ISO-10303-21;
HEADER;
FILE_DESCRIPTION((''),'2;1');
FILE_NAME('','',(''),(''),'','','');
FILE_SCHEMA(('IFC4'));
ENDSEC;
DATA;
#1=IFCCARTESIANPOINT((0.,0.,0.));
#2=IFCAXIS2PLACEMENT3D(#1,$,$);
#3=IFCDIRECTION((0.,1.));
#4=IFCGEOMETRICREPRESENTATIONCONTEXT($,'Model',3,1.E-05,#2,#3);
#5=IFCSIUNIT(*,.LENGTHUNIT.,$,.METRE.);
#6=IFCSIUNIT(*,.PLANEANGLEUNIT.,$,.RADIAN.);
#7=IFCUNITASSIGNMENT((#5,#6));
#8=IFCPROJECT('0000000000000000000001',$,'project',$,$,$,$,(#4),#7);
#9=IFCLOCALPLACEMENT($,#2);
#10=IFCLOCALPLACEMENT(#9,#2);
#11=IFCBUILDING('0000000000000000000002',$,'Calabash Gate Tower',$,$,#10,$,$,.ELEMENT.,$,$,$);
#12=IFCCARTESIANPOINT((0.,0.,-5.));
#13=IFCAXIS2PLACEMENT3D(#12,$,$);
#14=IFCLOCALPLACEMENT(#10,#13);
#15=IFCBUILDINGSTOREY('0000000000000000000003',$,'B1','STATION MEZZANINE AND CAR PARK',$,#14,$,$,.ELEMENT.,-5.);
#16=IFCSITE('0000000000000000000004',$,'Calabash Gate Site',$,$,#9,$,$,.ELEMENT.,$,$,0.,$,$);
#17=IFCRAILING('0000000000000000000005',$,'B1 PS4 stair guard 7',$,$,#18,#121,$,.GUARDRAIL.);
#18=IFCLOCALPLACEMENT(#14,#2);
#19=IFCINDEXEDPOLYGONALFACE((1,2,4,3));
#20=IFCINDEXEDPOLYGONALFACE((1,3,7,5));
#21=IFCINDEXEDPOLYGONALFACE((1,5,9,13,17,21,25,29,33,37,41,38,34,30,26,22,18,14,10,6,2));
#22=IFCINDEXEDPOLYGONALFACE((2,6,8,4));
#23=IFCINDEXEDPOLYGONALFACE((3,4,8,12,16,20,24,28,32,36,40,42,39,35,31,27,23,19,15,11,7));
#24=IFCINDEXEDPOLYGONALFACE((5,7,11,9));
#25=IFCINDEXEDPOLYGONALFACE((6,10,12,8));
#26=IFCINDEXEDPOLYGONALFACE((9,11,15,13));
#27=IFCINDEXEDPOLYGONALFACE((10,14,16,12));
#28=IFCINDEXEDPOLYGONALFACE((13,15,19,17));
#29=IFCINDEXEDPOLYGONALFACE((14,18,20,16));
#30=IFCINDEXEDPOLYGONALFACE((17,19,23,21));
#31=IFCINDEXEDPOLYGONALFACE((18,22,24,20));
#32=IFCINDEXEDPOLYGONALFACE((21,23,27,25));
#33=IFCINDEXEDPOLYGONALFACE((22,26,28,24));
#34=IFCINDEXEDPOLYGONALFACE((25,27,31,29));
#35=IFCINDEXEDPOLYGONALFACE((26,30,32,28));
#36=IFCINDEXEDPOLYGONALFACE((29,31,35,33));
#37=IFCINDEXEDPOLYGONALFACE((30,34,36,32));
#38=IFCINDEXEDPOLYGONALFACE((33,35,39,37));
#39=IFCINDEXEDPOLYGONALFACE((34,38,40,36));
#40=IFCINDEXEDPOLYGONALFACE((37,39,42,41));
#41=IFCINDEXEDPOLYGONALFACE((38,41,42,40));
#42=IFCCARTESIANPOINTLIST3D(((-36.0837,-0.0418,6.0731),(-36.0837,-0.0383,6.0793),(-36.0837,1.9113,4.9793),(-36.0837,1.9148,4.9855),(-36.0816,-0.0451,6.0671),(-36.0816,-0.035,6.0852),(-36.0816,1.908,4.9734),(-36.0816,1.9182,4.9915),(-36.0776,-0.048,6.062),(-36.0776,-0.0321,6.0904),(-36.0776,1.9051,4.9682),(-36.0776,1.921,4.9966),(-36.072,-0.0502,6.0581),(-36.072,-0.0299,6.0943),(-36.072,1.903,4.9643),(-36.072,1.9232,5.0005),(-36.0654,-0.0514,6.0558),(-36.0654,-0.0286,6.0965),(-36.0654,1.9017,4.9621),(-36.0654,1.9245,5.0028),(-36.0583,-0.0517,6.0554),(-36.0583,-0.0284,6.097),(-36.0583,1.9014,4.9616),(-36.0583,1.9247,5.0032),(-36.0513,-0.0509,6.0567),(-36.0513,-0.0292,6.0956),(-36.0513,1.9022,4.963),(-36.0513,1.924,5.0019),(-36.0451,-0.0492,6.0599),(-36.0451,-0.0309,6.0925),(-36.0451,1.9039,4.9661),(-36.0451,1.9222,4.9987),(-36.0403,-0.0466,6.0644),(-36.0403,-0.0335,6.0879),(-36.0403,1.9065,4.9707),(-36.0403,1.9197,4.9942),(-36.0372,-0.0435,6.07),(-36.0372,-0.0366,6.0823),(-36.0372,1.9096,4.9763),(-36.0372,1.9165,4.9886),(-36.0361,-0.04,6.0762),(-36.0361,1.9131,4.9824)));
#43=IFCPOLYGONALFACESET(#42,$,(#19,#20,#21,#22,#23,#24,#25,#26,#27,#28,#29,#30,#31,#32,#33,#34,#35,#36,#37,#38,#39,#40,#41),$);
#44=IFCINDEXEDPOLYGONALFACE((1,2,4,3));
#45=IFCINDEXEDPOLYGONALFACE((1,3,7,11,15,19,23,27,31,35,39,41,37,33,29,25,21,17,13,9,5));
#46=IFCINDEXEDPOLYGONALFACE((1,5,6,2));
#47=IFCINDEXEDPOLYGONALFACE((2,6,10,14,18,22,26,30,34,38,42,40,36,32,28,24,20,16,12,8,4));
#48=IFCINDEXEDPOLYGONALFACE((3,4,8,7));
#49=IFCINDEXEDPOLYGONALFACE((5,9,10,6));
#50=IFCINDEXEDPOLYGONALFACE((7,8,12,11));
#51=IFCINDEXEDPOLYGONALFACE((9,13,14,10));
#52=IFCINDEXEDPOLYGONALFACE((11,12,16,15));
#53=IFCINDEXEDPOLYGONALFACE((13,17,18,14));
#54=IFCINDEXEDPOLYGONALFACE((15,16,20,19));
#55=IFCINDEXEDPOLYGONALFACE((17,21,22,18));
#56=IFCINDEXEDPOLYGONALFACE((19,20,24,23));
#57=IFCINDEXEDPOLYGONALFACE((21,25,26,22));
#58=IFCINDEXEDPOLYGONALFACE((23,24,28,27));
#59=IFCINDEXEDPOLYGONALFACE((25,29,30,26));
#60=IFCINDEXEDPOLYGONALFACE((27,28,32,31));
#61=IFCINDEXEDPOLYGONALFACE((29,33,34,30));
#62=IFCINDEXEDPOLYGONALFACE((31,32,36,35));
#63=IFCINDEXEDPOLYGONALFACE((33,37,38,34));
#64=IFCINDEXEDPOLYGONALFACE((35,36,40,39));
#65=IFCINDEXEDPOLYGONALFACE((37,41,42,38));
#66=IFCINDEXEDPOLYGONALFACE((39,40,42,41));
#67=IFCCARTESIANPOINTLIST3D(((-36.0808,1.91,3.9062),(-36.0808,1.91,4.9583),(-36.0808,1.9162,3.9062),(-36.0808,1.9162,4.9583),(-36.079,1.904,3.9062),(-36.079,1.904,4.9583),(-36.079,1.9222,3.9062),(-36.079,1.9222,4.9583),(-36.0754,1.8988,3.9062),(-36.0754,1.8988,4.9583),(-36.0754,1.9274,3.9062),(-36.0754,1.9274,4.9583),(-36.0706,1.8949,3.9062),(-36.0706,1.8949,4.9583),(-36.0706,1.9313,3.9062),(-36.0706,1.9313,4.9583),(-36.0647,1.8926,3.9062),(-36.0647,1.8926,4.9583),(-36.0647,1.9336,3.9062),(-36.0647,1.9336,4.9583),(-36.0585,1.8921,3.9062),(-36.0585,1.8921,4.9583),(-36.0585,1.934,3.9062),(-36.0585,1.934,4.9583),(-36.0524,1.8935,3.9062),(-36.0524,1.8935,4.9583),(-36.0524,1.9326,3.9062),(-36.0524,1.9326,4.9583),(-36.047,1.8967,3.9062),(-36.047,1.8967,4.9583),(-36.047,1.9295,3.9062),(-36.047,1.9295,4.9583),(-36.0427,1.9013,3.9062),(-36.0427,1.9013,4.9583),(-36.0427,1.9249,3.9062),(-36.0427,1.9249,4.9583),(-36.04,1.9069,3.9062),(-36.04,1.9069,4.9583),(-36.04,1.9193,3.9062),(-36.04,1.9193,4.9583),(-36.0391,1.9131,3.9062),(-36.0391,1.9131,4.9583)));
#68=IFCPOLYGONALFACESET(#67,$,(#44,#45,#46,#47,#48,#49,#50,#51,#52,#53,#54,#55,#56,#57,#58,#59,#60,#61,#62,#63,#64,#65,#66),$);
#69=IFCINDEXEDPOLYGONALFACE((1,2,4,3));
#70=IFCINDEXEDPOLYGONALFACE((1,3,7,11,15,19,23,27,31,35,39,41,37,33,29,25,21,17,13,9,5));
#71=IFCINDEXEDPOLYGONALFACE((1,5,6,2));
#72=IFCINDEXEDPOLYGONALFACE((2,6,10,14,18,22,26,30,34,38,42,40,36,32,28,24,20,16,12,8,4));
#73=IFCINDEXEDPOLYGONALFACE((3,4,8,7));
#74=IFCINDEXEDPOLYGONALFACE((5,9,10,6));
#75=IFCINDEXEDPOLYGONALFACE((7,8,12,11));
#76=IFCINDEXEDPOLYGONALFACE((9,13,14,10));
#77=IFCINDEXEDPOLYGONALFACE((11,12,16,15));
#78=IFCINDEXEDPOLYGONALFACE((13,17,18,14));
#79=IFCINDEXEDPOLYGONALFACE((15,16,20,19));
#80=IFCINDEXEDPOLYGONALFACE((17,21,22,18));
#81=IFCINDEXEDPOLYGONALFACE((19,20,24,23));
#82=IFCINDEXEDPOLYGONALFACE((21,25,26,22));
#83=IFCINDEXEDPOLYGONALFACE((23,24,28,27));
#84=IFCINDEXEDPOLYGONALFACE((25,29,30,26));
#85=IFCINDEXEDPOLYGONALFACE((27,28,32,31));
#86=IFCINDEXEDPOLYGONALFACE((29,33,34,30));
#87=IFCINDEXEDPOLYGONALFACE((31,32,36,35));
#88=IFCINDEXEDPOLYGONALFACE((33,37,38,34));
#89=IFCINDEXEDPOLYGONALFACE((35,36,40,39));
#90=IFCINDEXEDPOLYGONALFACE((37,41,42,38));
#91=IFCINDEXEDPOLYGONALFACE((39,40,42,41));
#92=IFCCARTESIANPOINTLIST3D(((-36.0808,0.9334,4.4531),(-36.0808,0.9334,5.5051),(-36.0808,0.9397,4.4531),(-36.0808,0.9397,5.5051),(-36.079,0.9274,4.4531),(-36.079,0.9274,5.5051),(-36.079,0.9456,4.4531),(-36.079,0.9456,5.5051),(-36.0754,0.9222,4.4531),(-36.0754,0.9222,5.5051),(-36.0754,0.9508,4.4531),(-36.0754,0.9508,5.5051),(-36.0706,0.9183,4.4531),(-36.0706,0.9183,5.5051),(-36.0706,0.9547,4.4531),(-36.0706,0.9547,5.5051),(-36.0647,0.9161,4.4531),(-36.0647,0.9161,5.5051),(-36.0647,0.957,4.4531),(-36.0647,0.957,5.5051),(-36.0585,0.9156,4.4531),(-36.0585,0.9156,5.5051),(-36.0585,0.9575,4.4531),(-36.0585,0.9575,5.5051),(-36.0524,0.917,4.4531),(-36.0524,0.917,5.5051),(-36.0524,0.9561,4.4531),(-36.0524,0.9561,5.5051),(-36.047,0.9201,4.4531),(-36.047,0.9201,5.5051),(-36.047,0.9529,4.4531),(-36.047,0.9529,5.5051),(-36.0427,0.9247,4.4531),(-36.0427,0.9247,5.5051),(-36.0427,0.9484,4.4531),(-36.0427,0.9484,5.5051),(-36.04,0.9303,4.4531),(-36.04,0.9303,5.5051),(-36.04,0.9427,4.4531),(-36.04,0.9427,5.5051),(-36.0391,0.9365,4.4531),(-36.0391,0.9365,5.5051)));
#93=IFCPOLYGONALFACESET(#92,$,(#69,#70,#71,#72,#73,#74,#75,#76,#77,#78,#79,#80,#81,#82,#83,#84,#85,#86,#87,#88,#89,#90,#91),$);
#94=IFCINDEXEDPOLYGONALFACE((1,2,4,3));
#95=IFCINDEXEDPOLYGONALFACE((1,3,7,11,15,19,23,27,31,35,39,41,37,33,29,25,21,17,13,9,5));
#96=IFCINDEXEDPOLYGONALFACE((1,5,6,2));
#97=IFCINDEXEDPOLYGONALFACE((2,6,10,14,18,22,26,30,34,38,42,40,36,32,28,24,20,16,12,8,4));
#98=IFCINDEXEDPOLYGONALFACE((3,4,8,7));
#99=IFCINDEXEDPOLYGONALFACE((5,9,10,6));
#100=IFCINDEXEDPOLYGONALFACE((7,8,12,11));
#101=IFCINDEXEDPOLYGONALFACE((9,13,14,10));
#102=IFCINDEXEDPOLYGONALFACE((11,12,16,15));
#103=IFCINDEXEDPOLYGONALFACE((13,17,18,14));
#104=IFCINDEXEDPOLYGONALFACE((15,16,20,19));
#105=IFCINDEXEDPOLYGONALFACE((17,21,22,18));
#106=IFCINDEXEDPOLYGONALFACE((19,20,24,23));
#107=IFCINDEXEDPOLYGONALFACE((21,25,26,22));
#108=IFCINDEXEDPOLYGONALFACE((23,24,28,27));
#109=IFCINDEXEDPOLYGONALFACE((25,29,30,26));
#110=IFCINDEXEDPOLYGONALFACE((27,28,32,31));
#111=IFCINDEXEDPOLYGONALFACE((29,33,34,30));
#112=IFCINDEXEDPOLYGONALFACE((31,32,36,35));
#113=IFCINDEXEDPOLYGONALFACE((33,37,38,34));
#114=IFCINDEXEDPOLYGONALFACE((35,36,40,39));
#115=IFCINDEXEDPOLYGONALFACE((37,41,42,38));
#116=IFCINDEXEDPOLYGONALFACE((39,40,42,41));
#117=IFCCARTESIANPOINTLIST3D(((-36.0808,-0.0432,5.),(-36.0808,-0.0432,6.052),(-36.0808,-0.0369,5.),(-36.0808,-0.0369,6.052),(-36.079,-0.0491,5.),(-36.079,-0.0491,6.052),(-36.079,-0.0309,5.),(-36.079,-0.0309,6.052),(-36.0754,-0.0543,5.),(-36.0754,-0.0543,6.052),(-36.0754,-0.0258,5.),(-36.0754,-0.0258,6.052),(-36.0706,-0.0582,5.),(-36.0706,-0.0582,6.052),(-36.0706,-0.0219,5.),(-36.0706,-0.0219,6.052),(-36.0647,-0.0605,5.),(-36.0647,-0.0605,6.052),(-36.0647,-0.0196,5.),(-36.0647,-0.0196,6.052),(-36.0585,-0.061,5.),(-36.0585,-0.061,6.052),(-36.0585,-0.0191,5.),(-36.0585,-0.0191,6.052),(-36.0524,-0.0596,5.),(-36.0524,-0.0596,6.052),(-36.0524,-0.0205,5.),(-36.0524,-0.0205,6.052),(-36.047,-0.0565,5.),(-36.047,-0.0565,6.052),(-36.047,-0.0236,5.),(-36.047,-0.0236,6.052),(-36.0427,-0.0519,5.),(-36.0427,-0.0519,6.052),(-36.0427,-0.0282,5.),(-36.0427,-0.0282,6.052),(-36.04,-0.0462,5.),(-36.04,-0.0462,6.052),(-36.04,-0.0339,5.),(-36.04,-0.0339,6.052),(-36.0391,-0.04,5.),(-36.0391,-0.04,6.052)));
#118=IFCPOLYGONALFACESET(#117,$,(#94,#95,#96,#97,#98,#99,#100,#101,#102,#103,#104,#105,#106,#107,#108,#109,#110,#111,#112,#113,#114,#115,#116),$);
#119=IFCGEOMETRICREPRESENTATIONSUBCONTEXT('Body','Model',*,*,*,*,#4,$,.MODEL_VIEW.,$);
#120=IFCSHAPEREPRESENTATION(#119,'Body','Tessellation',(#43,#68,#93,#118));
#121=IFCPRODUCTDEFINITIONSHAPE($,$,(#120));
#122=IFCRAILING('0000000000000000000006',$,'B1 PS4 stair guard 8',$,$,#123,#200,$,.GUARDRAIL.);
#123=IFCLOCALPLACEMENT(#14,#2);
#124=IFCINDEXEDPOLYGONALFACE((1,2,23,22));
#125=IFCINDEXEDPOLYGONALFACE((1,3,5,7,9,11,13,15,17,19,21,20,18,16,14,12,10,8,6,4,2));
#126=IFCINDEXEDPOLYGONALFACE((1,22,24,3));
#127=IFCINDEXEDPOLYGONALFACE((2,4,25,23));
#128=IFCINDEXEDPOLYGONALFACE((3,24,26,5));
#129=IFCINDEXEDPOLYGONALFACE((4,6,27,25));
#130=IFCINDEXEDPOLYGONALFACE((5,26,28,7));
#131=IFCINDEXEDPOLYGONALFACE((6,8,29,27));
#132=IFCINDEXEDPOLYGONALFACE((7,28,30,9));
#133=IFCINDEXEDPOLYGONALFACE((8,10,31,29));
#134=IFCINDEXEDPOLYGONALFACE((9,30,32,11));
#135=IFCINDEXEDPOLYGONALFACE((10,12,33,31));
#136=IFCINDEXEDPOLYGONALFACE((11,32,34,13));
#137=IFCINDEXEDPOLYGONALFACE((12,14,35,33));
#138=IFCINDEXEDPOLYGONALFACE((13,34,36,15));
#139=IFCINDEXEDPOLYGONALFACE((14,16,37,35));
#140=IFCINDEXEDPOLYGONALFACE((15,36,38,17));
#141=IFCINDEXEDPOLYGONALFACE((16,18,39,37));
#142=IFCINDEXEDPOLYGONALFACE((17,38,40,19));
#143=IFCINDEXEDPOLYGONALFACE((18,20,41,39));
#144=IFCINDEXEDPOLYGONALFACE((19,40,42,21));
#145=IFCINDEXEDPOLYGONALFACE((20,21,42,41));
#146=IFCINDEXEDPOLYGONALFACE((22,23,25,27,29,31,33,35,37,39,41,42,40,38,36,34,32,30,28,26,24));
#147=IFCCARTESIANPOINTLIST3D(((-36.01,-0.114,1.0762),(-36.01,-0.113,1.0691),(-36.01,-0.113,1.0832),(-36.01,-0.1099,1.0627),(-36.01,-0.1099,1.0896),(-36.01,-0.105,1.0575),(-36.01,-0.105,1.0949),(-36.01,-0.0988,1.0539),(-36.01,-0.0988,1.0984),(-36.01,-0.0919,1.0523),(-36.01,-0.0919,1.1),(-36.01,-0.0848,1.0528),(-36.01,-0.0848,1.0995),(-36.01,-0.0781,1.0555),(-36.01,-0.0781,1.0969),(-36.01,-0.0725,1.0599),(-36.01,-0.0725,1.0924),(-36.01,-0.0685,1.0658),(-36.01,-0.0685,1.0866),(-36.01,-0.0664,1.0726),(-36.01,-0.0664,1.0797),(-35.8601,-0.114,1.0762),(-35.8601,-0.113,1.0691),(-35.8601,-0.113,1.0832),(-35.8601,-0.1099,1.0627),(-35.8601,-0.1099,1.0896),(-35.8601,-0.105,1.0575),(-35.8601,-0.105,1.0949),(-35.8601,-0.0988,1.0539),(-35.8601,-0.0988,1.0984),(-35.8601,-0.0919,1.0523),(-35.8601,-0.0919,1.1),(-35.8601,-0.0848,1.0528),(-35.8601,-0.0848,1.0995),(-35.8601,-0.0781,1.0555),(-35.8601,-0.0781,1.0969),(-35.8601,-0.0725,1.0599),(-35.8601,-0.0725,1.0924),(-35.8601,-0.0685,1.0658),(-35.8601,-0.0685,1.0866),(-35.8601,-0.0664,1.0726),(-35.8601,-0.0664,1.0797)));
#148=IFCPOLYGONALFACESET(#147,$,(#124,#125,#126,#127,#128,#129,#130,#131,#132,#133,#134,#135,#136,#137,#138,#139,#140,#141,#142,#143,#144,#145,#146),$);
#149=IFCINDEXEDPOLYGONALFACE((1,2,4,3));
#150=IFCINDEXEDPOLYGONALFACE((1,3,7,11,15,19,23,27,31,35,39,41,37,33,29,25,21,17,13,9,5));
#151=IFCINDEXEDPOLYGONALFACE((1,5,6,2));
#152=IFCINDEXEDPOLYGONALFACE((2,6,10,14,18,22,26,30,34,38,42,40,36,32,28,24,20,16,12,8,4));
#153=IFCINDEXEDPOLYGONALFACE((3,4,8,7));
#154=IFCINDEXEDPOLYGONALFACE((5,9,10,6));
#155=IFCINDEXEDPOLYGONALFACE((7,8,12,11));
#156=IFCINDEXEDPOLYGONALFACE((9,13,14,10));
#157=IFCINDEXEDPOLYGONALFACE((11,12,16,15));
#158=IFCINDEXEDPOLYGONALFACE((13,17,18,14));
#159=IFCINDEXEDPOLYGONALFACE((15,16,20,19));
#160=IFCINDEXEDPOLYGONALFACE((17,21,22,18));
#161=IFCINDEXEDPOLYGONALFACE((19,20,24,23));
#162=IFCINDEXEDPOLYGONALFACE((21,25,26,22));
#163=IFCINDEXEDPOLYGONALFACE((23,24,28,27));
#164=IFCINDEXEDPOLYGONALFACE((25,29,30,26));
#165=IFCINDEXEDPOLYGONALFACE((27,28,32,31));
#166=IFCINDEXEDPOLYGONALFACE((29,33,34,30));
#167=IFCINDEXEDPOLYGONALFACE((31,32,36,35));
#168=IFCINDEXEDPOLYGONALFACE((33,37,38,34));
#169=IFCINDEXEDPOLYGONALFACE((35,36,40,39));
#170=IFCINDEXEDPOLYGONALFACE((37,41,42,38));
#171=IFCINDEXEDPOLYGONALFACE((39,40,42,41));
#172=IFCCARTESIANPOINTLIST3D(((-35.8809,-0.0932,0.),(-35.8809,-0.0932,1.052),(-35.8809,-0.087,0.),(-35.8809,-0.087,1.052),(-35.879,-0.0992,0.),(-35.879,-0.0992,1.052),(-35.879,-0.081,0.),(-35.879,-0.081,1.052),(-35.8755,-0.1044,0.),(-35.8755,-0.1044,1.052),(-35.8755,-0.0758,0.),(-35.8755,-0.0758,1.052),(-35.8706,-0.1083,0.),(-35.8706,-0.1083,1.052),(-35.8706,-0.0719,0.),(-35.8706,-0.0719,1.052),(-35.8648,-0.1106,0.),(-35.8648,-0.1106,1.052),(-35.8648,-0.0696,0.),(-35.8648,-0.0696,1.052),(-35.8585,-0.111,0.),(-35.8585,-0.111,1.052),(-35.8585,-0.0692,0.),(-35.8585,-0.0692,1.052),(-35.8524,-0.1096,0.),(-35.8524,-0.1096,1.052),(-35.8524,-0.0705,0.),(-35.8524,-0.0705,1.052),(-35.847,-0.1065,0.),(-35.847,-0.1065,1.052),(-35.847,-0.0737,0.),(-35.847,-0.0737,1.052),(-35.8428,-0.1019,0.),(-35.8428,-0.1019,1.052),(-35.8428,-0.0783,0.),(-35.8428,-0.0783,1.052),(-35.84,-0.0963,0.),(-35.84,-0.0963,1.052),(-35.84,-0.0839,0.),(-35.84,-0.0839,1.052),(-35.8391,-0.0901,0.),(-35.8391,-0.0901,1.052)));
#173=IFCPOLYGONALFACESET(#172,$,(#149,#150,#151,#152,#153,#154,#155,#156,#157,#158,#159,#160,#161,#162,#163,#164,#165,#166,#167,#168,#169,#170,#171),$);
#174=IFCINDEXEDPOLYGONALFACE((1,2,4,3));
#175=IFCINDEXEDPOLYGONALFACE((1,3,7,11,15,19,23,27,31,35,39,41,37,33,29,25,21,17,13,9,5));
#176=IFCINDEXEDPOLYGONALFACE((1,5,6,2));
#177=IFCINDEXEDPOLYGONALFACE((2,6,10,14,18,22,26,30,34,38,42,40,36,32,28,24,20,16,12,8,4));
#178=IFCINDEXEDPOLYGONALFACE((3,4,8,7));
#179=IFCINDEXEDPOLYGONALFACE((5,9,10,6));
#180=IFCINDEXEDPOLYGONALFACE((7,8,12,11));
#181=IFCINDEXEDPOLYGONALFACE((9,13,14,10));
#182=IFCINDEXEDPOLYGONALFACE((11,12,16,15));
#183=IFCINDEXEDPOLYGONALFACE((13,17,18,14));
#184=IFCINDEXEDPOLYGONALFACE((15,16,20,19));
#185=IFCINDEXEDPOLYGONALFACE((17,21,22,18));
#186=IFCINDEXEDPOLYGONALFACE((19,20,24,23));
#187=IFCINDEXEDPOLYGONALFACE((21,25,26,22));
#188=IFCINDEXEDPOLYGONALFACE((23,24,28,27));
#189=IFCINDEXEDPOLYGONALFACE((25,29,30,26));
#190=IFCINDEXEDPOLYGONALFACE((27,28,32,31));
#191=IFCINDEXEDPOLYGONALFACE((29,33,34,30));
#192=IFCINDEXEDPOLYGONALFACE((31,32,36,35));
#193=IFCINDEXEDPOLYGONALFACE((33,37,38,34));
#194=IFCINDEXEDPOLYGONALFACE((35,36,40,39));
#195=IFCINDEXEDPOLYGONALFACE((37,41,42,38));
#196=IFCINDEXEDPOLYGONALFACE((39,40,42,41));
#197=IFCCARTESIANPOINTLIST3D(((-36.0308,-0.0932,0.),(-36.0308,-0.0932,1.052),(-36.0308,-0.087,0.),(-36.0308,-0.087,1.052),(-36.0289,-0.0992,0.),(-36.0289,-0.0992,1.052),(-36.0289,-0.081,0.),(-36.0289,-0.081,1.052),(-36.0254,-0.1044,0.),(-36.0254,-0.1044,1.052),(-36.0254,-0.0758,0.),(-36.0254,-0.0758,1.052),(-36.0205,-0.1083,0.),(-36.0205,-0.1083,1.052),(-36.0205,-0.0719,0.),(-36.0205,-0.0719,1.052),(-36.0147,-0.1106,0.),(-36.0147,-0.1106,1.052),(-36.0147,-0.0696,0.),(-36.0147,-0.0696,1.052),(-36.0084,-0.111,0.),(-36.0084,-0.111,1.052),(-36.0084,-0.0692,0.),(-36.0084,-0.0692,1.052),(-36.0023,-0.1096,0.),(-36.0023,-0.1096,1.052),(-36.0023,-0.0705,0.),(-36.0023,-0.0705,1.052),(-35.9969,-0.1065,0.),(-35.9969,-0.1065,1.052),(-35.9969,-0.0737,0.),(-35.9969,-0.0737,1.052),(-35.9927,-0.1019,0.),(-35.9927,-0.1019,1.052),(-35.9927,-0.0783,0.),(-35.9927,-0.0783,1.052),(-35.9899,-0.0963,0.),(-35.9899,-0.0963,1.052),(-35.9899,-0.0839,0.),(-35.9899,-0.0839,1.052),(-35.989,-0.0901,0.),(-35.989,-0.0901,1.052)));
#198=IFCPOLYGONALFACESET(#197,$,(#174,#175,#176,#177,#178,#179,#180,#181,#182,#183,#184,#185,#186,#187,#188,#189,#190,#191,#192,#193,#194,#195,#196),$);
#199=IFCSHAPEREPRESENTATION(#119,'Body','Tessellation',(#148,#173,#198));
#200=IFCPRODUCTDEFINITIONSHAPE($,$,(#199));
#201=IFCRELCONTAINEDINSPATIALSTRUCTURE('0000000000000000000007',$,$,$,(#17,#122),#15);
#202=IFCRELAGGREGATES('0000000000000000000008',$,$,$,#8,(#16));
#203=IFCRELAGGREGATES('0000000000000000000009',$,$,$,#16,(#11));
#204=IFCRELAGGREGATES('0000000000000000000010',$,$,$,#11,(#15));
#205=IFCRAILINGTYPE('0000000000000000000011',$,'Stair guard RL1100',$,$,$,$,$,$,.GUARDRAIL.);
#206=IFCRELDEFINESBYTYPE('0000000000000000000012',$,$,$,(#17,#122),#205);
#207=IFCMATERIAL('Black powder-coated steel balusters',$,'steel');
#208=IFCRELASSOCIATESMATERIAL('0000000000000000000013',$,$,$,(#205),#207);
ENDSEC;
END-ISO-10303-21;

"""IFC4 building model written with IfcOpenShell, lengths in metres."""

from ifc_helpers import new_model, si_unit, direction, frame, origin, origin_2d, place, context, subcontext, project, spatial, circle, extrude, material, type_object, element, save


model = new_model("IFC4")

# Units and contexts
model_context = context("Model", 3, precision=1e-05, world=origin(), true_north=direction((0.0, 1.0)))
body_context = subcontext(model_context, "Body", "Model", "MODEL_VIEW")
ifc_project = project(units=[si_unit("LENGTHUNIT", "METRE"), si_unit("PLANEANGLEUNIT", "RADIAN")], contexts=[model_context])

# Site, building, storey
site_placement = place(None, origin())
site = spatial("IfcSite", under=ifc_project, at=site_placement, Name="Calabash Gate Site", CompositionType="ELEMENT", RefElevation=0.0)
building_placement = place(site_placement, origin())
building = spatial("IfcBuilding", under=site, at=building_placement, Name="Calabash Gate Tower", CompositionType="ELEMENT")
storey_placement = place(building_placement, frame((0.0, 0.0, -5.0)))
storey = spatial("IfcBuildingStorey", under=building, at=storey_placement, Name="B1", Description="STATION MEZZANINE AND CAR PARK", CompositionType="ELEMENT", Elevation=-5.0)

# Railings
ifc_material_1 = material(Name="Black powder-coated steel balusters", Category="steel")
railing_type_1 = type_object("IfcRailingType", Name="Stair guard RL1100", PredefinedType="GUARDRAIL", material=ifc_material_1)
railing_1_placement = place(storey_placement, frame((-36.0601, 1.9131, 3.9062)))
element("IfcRailing", 1, at=railing_1_placement, inside=storey, type_object=railing_type_1, Name="B1 PS4 stair guard 7", PredefinedType="GUARDRAIL", context=body_context, shape_type="SweptSolid", body=[
    extrude(circle(Radius=0.0239, at=origin_2d()), frame((0.0, 0.0, 1.0762), z_axis=(0.0, -0.872506, 0.488603), x_axis=(1.0, 0.0, 0.0)), (0.0, 0.0, 1.0), 2.2385),
    extrude(circle(Radius=0.021, at=origin_2d()), origin(), (0.0, 0.0, 1.0), 1.052),
    extrude(circle(Radius=0.021, at=origin_2d()), frame((0.0, -0.9766, 0.5469)), (0.0, 0.0, 1.0), 1.052),
    extrude(circle(Radius=0.021, at=origin_2d()), frame((0.0, -1.9531, 1.0938)), (0.0, 0.0, 1.0), 1.052),
])
railing_2_placement = place(storey_placement, frame((-35.8601, -0.0901, 0.0)))
element("IfcRailing", 2, at=railing_2_placement, inside=storey, type_object=railing_type_1, Name="B1 PS4 stair guard 8", PredefinedType="GUARDRAIL", context=body_context, shape_type="SweptSolid", body=[
    extrude(circle(Radius=0.0239, at=origin_2d()), frame((0.0, 0.0, 1.0762), z_axis=(-1.0, 0.0, 0.0), x_axis=(0.0, -1.0, 0.0)), (0.0, 0.0, 1.0), 0.1499),
    extrude(circle(Radius=0.021, at=origin_2d()), origin(), (0.0, 0.0, 1.0), 1.052),
    extrude(circle(Radius=0.021, at=origin_2d()), frame((-0.1499, 0.0, 0.0)), (0.0, 0.0, 1.0), 1.052),
])

save(model, "model.ifc")
